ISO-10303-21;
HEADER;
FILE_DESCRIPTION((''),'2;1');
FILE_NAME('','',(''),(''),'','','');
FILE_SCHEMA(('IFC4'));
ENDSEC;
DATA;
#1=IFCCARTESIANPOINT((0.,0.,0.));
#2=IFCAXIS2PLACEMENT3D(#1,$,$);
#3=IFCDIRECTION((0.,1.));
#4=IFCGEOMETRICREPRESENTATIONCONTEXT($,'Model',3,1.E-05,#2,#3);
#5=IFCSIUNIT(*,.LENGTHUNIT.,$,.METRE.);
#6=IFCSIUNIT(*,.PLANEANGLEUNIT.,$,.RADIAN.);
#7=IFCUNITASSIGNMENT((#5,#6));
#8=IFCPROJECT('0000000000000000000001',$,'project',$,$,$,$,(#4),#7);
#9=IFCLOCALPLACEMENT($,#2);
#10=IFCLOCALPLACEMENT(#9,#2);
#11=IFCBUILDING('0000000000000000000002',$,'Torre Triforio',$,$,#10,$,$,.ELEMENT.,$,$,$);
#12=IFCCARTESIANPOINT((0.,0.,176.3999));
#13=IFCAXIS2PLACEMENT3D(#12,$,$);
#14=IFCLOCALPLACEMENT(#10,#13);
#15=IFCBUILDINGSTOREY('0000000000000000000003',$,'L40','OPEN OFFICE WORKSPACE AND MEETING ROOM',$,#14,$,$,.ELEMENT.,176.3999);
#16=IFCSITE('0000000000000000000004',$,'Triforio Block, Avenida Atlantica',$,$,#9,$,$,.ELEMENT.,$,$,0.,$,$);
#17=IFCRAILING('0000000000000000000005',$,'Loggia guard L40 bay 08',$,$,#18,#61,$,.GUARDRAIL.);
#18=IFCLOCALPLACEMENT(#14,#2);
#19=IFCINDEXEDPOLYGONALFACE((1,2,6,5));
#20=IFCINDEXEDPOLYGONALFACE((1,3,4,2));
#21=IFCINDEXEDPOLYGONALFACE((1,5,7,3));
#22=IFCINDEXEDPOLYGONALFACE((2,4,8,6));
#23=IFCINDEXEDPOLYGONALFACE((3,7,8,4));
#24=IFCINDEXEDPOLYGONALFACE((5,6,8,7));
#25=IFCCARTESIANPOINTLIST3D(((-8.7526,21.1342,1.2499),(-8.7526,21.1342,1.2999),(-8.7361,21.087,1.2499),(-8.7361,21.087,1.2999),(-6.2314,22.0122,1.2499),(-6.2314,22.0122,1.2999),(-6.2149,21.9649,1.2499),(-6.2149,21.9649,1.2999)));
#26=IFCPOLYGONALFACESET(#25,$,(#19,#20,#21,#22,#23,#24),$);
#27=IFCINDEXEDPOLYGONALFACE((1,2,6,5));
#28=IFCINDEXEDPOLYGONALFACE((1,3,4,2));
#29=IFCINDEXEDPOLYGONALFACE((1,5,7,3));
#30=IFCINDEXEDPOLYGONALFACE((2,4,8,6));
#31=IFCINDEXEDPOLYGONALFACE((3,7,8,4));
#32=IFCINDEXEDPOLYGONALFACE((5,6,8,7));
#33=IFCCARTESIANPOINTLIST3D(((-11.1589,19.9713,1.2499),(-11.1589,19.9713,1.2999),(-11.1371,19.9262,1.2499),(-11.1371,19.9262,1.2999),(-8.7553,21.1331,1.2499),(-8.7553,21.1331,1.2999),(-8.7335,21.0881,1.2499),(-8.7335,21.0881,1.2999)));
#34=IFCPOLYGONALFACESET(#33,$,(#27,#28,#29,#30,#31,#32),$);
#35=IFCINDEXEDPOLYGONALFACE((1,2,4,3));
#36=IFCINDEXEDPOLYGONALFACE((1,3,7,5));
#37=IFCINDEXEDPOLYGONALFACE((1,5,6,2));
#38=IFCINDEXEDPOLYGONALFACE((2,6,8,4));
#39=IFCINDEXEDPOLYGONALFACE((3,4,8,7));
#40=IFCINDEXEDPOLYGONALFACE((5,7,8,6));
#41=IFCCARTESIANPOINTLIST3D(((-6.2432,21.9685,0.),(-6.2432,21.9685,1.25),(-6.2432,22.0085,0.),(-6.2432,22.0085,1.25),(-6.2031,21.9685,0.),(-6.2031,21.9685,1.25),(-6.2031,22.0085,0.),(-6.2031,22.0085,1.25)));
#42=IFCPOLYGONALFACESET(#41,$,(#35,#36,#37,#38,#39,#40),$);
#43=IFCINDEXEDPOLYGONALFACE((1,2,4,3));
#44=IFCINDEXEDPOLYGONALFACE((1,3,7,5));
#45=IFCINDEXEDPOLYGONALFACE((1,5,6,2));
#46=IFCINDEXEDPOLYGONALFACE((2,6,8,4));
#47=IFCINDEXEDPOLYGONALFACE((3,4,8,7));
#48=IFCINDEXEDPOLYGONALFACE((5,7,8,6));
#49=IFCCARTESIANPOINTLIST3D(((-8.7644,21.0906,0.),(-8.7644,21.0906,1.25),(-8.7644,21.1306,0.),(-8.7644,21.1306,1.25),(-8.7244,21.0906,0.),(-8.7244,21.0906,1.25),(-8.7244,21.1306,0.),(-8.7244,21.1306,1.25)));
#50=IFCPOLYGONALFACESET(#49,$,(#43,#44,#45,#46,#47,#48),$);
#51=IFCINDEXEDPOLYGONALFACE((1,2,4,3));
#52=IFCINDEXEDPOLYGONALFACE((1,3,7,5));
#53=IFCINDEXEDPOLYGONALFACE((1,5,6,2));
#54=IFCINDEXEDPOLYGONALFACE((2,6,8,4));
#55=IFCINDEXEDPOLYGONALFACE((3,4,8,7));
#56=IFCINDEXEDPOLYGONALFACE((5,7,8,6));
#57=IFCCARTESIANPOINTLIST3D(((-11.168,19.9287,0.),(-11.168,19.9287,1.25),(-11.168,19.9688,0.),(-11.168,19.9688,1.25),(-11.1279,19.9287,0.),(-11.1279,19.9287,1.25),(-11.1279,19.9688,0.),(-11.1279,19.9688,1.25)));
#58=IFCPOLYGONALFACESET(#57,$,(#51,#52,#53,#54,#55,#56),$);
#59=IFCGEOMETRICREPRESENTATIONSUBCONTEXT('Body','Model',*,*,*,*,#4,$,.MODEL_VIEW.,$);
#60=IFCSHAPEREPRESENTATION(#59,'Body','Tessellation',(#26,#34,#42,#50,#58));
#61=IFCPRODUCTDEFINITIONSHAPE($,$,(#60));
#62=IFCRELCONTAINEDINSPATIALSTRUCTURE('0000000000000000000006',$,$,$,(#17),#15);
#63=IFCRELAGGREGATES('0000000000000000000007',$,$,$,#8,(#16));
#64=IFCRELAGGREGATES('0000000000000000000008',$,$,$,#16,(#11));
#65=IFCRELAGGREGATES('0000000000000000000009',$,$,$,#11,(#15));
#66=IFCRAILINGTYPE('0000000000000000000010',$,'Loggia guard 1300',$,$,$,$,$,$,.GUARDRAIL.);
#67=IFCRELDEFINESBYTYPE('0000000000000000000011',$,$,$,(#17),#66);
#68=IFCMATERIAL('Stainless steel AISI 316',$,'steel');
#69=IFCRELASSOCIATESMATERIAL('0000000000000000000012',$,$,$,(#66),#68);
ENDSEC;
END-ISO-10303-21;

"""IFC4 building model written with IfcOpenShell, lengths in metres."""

from ifc_helpers import new_model, si_unit, direction, frame, origin, origin_2d, place, context, subcontext, project, spatial, rectangle, extrude, material, type_object, element, save


model = new_model("IFC4")

# Units and contexts
model_context = context("Model", 3, precision=1e-05, world=origin(), true_north=direction((0.0, 1.0)))
body_context = subcontext(model_context, "Body", "Model", "MODEL_VIEW")
ifc_project = project(units=[si_unit("LENGTHUNIT", "METRE"), si_unit("PLANEANGLEUNIT", "RADIAN")], contexts=[model_context])

# Site, building, storey
site_placement = place(None, origin())
site = spatial("IfcSite", under=ifc_project, at=site_placement, Name="Triforio Block, Avenida Atlantica", CompositionType="ELEMENT", RefElevation=0.0)
building_placement = place(site_placement, origin())
building = spatial("IfcBuilding", under=site, at=building_placement, Name="Torre Triforio", CompositionType="ELEMENT")
storey_placement = place(building_placement, frame((0.0, 0.0, 176.3999)))
storey = spatial("IfcBuildingStorey", under=building, at=storey_placement, Name="L40", Description="OPEN OFFICE WORKSPACE AND MEETING ROOM", CompositionType="ELEMENT", Elevation=176.3999)

# Railing
ifc_material_1 = material(Name="Stainless steel AISI 316", Category="steel")
railing_type = type_object("IfcRailingType", Name="Loggia guard 1300", PredefinedType="GUARDRAIL", material=ifc_material_1)
railing_1_placement = place(storey_placement, frame((-6.2231, 21.9885, 0.0)))
element("IfcRailing", 1, at=railing_1_placement, inside=storey, type_object=railing_type, Name="Loggia guard L40 bay 08", PredefinedType="GUARDRAIL", context=body_context, shape_type="SweptSolid", body=[
    extrude(rectangle(XDim=0.05, YDim=0.05, at=origin_2d()), frame((0.0, 0.0, 1.2749), z_axis=(-0.944383, -0.328847, 0.0), x_axis=(0.328847, -0.944383, 0.0)), (0.0, 0.0, 1.0), 2.6697),
    extrude(rectangle(XDim=0.05, YDim=0.05, at=origin_2d()), frame((-2.5212, -0.8779, 1.2749), z_axis=(-0.900328, -0.435212, 0.0), x_axis=(0.435212, -0.900328, 0.0)), (0.0, 0.0, 1.0), 2.6697),
    extrude(rectangle(XDim=0.04, YDim=0.04, at=origin_2d()), origin(), (0.0, 0.0, 1.0), 1.25),
    extrude(rectangle(XDim=0.04, YDim=0.04, at=origin_2d()), frame((-2.5212, -0.8779, 0.0)), (0.0, 0.0, 1.0), 1.25),
    extrude(rectangle(XDim=0.04, YDim=0.04, at=origin_2d()), frame((-4.9248, -2.0398, 0.0)), (0.0, 0.0, 1.0), 1.25),
])

save(model, "model.ifc")
